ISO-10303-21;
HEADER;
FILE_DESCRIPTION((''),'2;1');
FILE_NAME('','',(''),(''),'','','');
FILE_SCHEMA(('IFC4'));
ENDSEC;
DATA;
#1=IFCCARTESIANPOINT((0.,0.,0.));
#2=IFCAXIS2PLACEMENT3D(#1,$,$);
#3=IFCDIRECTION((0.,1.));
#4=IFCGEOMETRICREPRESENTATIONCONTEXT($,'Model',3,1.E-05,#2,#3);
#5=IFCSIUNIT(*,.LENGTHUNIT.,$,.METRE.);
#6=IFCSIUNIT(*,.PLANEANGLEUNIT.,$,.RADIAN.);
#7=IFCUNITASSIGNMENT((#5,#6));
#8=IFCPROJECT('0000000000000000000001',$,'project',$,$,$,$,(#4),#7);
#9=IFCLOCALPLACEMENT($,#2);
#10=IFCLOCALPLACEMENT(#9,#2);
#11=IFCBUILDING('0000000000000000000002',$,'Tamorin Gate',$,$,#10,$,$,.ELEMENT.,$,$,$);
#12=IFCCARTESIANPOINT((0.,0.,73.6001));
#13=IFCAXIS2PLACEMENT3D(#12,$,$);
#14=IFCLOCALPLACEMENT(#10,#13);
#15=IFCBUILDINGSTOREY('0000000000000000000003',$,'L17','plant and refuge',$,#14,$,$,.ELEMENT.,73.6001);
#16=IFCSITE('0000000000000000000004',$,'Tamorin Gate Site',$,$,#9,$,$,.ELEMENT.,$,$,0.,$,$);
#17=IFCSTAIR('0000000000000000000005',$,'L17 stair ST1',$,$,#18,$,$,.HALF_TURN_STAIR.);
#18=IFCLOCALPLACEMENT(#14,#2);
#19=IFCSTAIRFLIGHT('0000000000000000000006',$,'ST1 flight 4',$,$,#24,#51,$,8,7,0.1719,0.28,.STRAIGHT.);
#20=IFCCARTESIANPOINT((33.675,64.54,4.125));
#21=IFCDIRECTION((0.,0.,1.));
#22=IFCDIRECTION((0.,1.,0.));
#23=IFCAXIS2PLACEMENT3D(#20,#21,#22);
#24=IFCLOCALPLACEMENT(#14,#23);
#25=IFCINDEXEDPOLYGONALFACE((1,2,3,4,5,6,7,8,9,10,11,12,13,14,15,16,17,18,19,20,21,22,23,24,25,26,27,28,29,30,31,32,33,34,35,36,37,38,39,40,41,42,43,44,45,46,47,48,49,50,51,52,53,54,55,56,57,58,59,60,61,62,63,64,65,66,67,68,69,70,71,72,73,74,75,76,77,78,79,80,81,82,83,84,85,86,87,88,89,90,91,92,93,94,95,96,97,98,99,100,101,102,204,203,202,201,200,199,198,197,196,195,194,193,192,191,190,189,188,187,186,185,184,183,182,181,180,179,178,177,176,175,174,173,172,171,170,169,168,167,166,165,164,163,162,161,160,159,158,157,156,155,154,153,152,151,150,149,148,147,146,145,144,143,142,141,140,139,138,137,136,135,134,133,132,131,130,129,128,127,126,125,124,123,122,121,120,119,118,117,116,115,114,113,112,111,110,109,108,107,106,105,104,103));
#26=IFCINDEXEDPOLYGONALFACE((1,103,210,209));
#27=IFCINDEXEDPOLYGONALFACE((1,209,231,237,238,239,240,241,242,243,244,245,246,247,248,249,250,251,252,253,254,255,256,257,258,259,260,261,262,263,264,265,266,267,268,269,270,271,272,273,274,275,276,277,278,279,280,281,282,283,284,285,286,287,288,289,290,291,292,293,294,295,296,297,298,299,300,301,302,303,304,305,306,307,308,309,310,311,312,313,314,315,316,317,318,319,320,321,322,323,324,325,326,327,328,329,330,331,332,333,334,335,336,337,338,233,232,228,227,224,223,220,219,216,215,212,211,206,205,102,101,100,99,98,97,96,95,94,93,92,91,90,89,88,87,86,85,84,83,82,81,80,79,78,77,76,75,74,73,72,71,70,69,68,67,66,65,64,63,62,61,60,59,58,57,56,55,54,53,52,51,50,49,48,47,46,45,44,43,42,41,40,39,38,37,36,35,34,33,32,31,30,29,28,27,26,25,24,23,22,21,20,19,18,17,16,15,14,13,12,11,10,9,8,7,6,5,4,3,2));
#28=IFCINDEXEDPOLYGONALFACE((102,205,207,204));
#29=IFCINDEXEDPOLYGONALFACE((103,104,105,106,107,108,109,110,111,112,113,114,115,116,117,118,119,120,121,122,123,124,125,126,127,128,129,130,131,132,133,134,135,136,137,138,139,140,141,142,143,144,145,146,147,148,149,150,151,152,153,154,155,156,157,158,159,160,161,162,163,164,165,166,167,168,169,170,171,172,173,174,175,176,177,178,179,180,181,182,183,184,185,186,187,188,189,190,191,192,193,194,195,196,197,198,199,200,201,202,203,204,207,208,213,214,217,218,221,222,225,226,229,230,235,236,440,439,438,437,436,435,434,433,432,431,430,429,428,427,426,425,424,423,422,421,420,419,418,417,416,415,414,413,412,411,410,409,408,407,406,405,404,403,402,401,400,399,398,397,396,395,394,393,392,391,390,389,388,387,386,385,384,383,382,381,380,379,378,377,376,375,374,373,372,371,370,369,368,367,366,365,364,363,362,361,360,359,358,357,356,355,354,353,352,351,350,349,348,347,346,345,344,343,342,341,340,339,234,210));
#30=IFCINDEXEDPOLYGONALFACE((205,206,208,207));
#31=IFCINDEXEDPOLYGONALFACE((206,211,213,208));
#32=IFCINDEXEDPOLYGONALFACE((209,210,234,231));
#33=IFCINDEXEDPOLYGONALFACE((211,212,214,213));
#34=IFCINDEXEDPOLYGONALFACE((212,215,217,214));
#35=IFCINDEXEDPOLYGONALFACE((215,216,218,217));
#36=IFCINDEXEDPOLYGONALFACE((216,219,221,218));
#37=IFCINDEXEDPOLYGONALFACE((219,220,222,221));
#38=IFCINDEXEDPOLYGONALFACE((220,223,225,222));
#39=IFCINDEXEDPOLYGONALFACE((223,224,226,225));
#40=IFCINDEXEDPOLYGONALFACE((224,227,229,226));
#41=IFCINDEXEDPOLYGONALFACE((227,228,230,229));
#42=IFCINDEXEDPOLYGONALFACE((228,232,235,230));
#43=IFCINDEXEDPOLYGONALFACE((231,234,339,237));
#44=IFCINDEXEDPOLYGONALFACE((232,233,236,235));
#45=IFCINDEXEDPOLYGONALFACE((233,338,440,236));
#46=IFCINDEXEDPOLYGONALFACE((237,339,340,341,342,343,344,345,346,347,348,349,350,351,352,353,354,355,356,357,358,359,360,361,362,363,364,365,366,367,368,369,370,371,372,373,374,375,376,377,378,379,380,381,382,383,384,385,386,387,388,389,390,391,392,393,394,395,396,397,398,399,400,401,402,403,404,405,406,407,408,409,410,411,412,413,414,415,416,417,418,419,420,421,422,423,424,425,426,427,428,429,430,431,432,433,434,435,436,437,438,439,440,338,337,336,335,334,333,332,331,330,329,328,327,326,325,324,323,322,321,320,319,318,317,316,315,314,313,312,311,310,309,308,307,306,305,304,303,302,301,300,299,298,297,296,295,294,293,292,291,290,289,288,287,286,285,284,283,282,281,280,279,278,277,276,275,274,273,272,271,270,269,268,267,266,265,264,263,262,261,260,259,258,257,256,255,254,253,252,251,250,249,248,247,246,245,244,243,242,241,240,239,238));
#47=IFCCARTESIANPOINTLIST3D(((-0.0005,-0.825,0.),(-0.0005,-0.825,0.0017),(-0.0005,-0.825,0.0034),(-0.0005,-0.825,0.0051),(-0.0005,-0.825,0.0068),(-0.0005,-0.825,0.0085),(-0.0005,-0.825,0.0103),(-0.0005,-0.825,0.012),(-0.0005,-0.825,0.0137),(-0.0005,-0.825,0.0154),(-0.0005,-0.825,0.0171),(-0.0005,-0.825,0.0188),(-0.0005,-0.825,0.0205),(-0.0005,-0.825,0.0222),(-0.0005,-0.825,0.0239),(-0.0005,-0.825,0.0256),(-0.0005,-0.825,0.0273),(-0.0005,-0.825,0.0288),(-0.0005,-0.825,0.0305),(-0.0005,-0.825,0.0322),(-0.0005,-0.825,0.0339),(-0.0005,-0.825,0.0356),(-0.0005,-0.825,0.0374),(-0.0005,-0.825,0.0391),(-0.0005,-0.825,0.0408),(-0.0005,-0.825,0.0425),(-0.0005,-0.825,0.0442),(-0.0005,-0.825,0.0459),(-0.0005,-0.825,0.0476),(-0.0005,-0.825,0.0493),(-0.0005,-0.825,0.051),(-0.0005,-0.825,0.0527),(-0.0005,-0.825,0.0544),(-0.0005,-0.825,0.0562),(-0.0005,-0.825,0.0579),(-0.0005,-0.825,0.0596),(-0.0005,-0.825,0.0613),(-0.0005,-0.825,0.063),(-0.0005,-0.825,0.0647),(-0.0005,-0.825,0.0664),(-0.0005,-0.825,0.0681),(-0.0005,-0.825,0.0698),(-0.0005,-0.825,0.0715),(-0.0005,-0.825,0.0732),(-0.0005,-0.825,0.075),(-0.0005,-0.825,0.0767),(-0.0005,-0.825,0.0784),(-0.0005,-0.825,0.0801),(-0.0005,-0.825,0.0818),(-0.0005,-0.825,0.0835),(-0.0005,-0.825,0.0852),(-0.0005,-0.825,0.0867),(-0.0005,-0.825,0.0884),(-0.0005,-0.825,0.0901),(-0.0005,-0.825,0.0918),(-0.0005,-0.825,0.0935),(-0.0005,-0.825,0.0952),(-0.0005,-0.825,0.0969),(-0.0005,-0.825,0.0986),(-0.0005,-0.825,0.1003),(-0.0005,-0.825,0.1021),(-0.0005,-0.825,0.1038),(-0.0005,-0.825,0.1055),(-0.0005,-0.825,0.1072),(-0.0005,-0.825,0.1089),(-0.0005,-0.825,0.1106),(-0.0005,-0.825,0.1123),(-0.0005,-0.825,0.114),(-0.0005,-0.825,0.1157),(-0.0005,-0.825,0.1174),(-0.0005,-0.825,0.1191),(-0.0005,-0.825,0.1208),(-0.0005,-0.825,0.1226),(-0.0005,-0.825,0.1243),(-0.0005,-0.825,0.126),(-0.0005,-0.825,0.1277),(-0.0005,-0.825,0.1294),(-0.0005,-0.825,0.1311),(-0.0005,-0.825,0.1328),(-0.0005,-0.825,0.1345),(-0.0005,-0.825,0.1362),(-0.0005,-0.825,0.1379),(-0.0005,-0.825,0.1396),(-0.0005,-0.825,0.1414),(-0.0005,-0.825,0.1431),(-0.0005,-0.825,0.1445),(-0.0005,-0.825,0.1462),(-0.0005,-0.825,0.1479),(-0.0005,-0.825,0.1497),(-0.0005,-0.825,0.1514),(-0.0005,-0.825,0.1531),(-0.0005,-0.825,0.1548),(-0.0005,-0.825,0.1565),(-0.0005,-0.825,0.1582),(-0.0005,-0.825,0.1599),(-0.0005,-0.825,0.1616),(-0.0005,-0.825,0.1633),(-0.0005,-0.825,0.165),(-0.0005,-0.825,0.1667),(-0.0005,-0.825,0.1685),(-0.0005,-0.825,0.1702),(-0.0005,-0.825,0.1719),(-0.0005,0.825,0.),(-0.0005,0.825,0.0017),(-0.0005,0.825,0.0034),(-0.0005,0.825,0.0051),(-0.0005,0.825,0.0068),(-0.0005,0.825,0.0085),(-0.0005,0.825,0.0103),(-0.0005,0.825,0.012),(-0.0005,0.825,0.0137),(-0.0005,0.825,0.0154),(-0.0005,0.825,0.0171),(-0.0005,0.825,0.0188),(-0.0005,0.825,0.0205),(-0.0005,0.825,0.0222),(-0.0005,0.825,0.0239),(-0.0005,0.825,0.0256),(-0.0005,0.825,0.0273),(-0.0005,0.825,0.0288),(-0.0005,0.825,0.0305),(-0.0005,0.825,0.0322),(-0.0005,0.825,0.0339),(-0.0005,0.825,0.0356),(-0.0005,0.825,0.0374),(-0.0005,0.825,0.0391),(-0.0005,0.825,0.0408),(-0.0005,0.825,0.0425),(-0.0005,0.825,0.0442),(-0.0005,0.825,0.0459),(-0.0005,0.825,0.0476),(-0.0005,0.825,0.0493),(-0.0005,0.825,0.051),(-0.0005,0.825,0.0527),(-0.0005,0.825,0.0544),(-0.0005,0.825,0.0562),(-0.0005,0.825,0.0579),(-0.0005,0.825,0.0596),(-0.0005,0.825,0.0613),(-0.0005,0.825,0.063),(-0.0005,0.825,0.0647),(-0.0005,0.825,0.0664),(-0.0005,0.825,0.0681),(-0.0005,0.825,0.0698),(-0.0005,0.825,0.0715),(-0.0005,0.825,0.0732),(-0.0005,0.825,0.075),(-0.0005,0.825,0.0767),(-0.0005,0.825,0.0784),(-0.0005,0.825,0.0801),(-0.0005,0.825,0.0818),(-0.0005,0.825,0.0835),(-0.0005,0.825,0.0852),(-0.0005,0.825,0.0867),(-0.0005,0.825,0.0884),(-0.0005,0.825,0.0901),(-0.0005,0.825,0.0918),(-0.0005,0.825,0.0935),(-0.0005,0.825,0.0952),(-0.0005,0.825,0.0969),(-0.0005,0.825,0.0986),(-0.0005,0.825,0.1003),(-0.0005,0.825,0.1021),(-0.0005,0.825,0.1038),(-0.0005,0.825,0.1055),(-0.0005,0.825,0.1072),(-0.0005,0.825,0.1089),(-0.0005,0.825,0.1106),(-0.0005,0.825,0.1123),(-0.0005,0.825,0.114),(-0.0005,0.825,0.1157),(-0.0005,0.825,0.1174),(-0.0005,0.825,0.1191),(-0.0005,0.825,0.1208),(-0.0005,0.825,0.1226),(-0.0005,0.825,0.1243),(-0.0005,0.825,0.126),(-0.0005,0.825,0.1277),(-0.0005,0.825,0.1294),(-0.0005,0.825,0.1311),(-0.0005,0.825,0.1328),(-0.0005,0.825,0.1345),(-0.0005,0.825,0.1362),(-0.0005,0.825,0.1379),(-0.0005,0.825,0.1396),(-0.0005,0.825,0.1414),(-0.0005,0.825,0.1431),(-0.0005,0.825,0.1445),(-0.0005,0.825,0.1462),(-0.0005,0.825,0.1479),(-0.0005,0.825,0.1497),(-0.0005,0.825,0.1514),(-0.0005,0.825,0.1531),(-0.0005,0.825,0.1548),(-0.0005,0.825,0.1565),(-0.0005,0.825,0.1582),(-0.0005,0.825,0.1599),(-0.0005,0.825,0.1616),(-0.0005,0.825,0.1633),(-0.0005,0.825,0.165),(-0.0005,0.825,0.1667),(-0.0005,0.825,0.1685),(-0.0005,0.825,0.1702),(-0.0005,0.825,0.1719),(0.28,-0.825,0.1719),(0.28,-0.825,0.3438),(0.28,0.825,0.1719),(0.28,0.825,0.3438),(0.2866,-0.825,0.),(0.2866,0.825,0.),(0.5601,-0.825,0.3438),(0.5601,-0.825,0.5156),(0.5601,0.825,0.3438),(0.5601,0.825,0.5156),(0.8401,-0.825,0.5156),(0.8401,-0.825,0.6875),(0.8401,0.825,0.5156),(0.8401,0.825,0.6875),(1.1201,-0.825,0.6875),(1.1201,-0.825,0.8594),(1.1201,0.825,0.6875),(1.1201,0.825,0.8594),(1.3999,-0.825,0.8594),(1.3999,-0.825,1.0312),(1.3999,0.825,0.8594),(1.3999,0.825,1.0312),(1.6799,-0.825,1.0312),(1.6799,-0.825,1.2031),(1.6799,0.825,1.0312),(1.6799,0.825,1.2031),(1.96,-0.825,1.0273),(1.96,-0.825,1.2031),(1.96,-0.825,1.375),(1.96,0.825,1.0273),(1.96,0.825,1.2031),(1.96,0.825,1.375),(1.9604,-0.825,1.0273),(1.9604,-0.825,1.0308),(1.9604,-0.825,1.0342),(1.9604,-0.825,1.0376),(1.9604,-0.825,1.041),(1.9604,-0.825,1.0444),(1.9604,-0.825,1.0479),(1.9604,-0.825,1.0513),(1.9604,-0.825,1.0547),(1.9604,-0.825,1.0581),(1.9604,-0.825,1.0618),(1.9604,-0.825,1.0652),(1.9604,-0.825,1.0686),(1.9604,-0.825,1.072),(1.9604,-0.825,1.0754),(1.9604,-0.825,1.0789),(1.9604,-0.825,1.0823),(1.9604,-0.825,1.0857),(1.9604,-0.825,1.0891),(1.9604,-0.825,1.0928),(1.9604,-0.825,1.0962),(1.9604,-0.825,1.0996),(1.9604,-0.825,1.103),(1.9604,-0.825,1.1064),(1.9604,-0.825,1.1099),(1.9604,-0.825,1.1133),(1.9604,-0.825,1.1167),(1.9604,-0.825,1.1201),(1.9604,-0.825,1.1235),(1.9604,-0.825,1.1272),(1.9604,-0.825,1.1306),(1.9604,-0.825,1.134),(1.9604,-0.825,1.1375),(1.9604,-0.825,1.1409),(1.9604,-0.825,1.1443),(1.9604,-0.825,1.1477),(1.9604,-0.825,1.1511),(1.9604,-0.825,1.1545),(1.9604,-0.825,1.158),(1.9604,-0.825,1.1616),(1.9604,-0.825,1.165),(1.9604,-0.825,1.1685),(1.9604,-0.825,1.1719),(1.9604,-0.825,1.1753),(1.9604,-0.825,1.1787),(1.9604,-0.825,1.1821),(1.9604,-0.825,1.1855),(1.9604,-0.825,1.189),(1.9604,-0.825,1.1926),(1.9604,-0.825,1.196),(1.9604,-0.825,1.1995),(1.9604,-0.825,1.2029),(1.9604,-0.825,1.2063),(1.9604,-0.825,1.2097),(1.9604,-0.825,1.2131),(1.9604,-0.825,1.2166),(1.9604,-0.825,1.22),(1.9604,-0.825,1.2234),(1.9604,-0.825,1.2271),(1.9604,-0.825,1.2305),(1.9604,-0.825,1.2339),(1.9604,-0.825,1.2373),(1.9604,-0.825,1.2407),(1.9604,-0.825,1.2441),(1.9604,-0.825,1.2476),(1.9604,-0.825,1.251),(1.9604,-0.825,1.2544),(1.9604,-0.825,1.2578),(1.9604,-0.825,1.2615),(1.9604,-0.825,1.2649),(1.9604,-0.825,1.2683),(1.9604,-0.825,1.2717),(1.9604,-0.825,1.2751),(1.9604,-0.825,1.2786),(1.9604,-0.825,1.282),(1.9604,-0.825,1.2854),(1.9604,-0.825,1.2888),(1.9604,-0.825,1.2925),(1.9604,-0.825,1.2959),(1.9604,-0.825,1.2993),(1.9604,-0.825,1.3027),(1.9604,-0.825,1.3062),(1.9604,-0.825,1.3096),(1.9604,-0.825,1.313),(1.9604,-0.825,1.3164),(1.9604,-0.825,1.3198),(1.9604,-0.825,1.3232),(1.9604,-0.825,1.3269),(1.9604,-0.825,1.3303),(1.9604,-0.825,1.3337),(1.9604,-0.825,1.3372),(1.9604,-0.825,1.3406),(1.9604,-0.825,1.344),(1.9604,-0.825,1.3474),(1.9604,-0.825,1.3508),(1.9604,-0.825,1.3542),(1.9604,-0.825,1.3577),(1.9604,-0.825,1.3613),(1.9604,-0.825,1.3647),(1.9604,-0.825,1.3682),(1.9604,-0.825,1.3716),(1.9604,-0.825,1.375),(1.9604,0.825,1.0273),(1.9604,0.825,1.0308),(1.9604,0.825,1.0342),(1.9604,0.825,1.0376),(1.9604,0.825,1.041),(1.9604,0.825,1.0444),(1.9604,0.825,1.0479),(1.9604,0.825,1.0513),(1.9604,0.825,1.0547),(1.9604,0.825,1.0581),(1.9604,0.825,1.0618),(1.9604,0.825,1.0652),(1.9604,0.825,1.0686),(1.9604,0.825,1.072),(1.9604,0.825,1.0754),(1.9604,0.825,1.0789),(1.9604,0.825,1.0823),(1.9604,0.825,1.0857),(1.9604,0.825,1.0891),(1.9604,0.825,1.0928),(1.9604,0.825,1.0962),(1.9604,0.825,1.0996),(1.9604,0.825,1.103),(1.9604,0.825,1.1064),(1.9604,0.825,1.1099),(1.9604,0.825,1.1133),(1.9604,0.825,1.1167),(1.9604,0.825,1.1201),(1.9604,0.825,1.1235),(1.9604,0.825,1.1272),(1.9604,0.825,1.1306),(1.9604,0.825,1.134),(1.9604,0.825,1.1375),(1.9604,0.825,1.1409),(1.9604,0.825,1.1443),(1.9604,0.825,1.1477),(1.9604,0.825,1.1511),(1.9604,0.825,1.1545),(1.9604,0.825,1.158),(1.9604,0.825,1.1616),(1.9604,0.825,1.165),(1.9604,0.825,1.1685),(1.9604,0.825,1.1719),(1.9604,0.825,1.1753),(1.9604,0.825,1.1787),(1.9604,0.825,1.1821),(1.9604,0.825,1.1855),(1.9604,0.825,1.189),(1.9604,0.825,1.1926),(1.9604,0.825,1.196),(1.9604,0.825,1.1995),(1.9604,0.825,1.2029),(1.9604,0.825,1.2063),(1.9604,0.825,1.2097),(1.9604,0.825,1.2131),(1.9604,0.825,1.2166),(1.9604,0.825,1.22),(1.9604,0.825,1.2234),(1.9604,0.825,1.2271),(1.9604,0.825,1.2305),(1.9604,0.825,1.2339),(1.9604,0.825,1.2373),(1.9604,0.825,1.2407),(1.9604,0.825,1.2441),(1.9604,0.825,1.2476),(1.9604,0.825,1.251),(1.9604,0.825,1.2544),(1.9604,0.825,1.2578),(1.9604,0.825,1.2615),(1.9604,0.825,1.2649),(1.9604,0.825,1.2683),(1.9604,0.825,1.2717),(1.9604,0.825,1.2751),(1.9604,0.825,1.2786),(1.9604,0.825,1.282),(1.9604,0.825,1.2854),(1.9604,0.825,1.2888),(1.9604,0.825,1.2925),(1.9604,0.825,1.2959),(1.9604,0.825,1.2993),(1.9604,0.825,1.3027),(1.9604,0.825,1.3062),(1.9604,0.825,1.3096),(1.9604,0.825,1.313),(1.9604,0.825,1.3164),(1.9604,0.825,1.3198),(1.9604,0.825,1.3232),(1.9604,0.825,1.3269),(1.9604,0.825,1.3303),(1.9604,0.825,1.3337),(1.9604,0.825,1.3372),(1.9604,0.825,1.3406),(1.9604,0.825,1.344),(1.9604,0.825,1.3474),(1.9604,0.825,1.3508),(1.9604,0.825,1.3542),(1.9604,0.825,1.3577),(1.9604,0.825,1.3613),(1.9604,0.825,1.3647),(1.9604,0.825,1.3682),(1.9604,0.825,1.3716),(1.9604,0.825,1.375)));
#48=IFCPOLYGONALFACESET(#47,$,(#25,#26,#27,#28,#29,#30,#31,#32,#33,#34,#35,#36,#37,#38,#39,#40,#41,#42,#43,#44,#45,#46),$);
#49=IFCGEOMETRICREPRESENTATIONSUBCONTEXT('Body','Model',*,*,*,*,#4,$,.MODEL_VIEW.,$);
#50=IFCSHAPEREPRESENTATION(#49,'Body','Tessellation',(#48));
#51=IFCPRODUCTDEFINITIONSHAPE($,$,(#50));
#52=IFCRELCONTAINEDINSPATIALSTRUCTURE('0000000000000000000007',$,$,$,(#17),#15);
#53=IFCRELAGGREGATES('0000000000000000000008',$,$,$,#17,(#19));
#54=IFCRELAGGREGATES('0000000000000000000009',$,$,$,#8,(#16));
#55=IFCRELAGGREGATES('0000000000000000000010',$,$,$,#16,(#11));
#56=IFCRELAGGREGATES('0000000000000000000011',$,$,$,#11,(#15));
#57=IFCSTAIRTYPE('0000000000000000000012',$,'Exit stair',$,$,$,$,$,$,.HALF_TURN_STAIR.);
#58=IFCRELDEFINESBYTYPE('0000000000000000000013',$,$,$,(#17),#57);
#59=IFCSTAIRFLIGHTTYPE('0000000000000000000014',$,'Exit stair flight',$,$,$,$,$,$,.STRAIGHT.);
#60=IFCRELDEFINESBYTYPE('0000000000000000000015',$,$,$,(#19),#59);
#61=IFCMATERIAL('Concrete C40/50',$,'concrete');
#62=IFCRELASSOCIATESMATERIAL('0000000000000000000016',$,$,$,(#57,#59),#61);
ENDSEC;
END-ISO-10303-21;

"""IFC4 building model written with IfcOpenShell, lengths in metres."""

from ifc_helpers import new_model, si_unit, direction, frame, origin, place, context, subcontext, project, spatial, polyline, outline, extrude, material, type_object, element, aggregate, save


model = new_model("IFC4")

# Units and contexts
model_context = context("Model", 3, precision=1e-05, world=origin(), true_north=direction((0.0, 1.0)))
body_context = subcontext(model_context, "Body", "Model", "MODEL_VIEW")
ifc_project = project(units=[si_unit("LENGTHUNIT", "METRE"), si_unit("PLANEANGLEUNIT", "RADIAN")], contexts=[model_context])

# Site, building, storey
site_placement = place(None, origin())
site = spatial("IfcSite", under=ifc_project, at=site_placement, Name="Tamorin Gate Site", CompositionType="ELEMENT", RefElevation=0.0)
building_placement = place(site_placement, origin())
building = spatial("IfcBuilding", under=site, at=building_placement, Name="Tamorin Gate", CompositionType="ELEMENT")
storey_placement = place(building_placement, frame((0.0, 0.0, 73.6001)))
storey = spatial("IfcBuildingStorey", under=building, at=storey_placement, Name="L17", Description="plant and refuge", CompositionType="ELEMENT", Elevation=73.6001)

# Shared definitions
ifc_material_1 = material(Name="Concrete C40/50", Category="concrete")

# Stair, stair flight
stair_type = type_object("IfcStairType", Name="Exit stair", PredefinedType="HALF_TURN_STAIR", material=ifc_material_1)
stair_1_placement = place(storey_placement, origin())
stair_1 = element("IfcStair", 1, at=stair_1_placement, inside=storey, type_object=stair_type, Name="L17 stair ST1", PredefinedType="HALF_TURN_STAIR")
stair_flight_type = type_object("IfcStairFlightType", Name="Exit stair flight", PredefinedType="STRAIGHT", material=ifc_material_1)
stair_flight_1_placement = place(storey_placement, frame((33.675, 64.54, 4.125), z_axis=(0.0, 0.0, 1.0), x_axis=(0.0, 1.0, 0.0)))
stair_flight_1 = element("IfcStairFlight", 2, at=stair_flight_1_placement, type_object=stair_flight_type, Name="ST1 flight 4", NumberOfRisers=8, NumberOfTreads=7, PredefinedType="STRAIGHT", RiserHeight=0.1719, TreadLength=0.28, context=body_context, shape_type="SweptSolid", body=[
    extrude(outline(polyline([(-0.0005, 0.0), (-0.0005, 0.0017), (-0.0005, 0.0034), (-0.0005, 0.0051), (-0.0005, 0.0068), (-0.0005, 0.0085), (-0.0005, 0.0103), (-0.0005, 0.012), (-0.0005, 0.0137), (-0.0005, 0.0154), (-0.0005, 0.0171), (-0.0005, 0.0188), (-0.0005, 0.0205), (-0.0005, 0.0222), (-0.0005, 0.0239), (-0.0005, 0.0256), (-0.0005, 0.0273), (-0.0005, 0.0288), (-0.0005, 0.0305), (-0.0005, 0.0322), (-0.0005, 0.0339), (-0.0005, 0.0356), (-0.0005, 0.0374), (-0.0005, 0.0391), (-0.0005, 0.0408), (-0.0005, 0.0425), (-0.0005, 0.0442), (-0.0005, 0.0459), (-0.0005, 0.0476), (-0.0005, 0.0493), (-0.0005, 0.051), (-0.0005, 0.0527), (-0.0005, 0.0544), (-0.0005, 0.0562), (-0.0005, 0.0579), (-0.0005, 0.0596), (-0.0005, 0.0613), (-0.0005, 0.063), (-0.0005, 0.0647), (-0.0005, 0.0664), (-0.0005, 0.0681), (-0.0005, 0.0698), (-0.0005, 0.0715), (-0.0005, 0.0732), (-0.0005, 0.075), (-0.0005, 0.0767), (-0.0005, 0.0784), (-0.0005, 0.0801), (-0.0005, 0.0818), (-0.0005, 0.0835), (-0.0005, 0.0852), (-0.0005, 0.0867), (-0.0005, 0.0884), (-0.0005, 0.0901), (-0.0005, 0.0918), (-0.0005, 0.0935), (-0.0005, 0.0952), (-0.0005, 0.0969), (-0.0005, 0.0986), (-0.0005, 0.1003), (-0.0005, 0.1021), (-0.0005, 0.1038), (-0.0005, 0.1055), (-0.0005, 0.1072), (-0.0005, 0.1089), (-0.0005, 0.1106), (-0.0005, 0.1123), (-0.0005, 0.114), (-0.0005, 0.1157), (-0.0005, 0.1174), (-0.0005, 0.1191), (-0.0005, 0.1208), (-0.0005, 0.1226), (-0.0005, 0.1243), (-0.0005, 0.126), (-0.0005, 0.1277), (-0.0005, 0.1294), (-0.0005, 0.1311), (-0.0005, 0.1328), (-0.0005, 0.1345), (-0.0005, 0.1362), (-0.0005, 0.1379), (-0.0005, 0.1396), (-0.0005, 0.1414), (-0.0005, 0.1431), (-0.0005, 0.1445), (-0.0005, 0.1462), (-0.0005, 0.1479), (-0.0005, 0.1497), (-0.0005, 0.1514), (-0.0005, 0.1531), (-0.0005, 0.1548), (-0.0005, 0.1565), (-0.0005, 0.1582), (-0.0005, 0.1599), (-0.0005, 0.1616), (-0.0005, 0.1633), (-0.0005, 0.165), (-0.0005, 0.1667), (-0.0005, 0.1685), (-0.0005, 0.1702), (-0.0005, 0.1719), (0.28, 0.1719), (0.28, 0.3438), (0.5601, 0.3438), (0.5601, 0.5156), (0.8401, 0.5156), (0.8401, 0.6875), (1.1201, 0.6875), (1.1201, 0.8594), (1.3999, 0.8594), (1.3999, 1.0312), (1.6799, 1.0312), (1.6799, 1.2031), (1.96, 1.2031), (1.96, 1.375), (1.9604, 1.375), (1.9604, 1.3716), (1.9604, 1.3682), (1.9604, 1.3647), (1.9604, 1.3613), (1.9604, 1.3577), (1.9604, 1.3542), (1.9604, 1.3508), (1.9604, 1.3474), (1.9604, 1.344), (1.9604, 1.3406), (1.9604, 1.3372), (1.9604, 1.3337), (1.9604, 1.3303), (1.9604, 1.3269), (1.9604, 1.3232), (1.9604, 1.3198), (1.9604, 1.3164), (1.9604, 1.313), (1.9604, 1.3096), (1.9604, 1.3062), (1.9604, 1.3027), (1.9604, 1.2993), (1.9604, 1.2959), (1.9604, 1.2925), (1.9604, 1.2888), (1.9604, 1.2854), (1.9604, 1.282), (1.9604, 1.2786), (1.9604, 1.2751), (1.9604, 1.2717), (1.9604, 1.2683), (1.9604, 1.2649), (1.9604, 1.2615), (1.9604, 1.2578), (1.9604, 1.2544), (1.9604, 1.251), (1.9604, 1.2476), (1.9604, 1.2441), (1.9604, 1.2407), (1.9604, 1.2373), (1.9604, 1.2339), (1.9604, 1.2305), (1.9604, 1.2271), (1.9604, 1.2234), (1.9604, 1.22), (1.9604, 1.2166), (1.9604, 1.2131), (1.9604, 1.2097), (1.9604, 1.2063), (1.9604, 1.2029), (1.9604, 1.1995), (1.9604, 1.196), (1.9604, 1.1926), (1.9604, 1.189), (1.9604, 1.1855), (1.9604, 1.1821), (1.9604, 1.1787), (1.9604, 1.1753), (1.9604, 1.1719), (1.9604, 1.1685), (1.9604, 1.165), (1.9604, 1.1616), (1.9604, 1.158), (1.9604, 1.1545), (1.9604, 1.1511), (1.9604, 1.1477), (1.9604, 1.1443), (1.9604, 1.1409), (1.9604, 1.1375), (1.9604, 1.134), (1.9604, 1.1306), (1.9604, 1.1272), (1.9604, 1.1235), (1.9604, 1.1201), (1.9604, 1.1167), (1.9604, 1.1133), (1.9604, 1.1099), (1.9604, 1.1064), (1.9604, 1.103), (1.9604, 1.0996), (1.9604, 1.0962), (1.9604, 1.0928), (1.9604, 1.0891), (1.9604, 1.0857), (1.9604, 1.0823), (1.9604, 1.0789), (1.9604, 1.0754), (1.9604, 1.072), (1.9604, 1.0686), (1.9604, 1.0652), (1.9604, 1.0618), (1.9604, 1.0581), (1.9604, 1.0547), (1.9604, 1.0513), (1.9604, 1.0479), (1.9604, 1.0444), (1.9604, 1.041), (1.9604, 1.0376), (1.9604, 1.0342), (1.9604, 1.0308), (1.9604, 1.0273), (1.96, 1.0273), (0.2866, 0.0), (-0.0005, 0.0)])), frame((0.0, 0.825, 0.0), z_axis=(0.0, -1.0, 0.0), x_axis=(1.0, 0.0, 0.0)), (0.0, 0.0, 1.0), 1.6499),
])
aggregate(stair_1, [stair_flight_1])

save(model, "model.ifc")
